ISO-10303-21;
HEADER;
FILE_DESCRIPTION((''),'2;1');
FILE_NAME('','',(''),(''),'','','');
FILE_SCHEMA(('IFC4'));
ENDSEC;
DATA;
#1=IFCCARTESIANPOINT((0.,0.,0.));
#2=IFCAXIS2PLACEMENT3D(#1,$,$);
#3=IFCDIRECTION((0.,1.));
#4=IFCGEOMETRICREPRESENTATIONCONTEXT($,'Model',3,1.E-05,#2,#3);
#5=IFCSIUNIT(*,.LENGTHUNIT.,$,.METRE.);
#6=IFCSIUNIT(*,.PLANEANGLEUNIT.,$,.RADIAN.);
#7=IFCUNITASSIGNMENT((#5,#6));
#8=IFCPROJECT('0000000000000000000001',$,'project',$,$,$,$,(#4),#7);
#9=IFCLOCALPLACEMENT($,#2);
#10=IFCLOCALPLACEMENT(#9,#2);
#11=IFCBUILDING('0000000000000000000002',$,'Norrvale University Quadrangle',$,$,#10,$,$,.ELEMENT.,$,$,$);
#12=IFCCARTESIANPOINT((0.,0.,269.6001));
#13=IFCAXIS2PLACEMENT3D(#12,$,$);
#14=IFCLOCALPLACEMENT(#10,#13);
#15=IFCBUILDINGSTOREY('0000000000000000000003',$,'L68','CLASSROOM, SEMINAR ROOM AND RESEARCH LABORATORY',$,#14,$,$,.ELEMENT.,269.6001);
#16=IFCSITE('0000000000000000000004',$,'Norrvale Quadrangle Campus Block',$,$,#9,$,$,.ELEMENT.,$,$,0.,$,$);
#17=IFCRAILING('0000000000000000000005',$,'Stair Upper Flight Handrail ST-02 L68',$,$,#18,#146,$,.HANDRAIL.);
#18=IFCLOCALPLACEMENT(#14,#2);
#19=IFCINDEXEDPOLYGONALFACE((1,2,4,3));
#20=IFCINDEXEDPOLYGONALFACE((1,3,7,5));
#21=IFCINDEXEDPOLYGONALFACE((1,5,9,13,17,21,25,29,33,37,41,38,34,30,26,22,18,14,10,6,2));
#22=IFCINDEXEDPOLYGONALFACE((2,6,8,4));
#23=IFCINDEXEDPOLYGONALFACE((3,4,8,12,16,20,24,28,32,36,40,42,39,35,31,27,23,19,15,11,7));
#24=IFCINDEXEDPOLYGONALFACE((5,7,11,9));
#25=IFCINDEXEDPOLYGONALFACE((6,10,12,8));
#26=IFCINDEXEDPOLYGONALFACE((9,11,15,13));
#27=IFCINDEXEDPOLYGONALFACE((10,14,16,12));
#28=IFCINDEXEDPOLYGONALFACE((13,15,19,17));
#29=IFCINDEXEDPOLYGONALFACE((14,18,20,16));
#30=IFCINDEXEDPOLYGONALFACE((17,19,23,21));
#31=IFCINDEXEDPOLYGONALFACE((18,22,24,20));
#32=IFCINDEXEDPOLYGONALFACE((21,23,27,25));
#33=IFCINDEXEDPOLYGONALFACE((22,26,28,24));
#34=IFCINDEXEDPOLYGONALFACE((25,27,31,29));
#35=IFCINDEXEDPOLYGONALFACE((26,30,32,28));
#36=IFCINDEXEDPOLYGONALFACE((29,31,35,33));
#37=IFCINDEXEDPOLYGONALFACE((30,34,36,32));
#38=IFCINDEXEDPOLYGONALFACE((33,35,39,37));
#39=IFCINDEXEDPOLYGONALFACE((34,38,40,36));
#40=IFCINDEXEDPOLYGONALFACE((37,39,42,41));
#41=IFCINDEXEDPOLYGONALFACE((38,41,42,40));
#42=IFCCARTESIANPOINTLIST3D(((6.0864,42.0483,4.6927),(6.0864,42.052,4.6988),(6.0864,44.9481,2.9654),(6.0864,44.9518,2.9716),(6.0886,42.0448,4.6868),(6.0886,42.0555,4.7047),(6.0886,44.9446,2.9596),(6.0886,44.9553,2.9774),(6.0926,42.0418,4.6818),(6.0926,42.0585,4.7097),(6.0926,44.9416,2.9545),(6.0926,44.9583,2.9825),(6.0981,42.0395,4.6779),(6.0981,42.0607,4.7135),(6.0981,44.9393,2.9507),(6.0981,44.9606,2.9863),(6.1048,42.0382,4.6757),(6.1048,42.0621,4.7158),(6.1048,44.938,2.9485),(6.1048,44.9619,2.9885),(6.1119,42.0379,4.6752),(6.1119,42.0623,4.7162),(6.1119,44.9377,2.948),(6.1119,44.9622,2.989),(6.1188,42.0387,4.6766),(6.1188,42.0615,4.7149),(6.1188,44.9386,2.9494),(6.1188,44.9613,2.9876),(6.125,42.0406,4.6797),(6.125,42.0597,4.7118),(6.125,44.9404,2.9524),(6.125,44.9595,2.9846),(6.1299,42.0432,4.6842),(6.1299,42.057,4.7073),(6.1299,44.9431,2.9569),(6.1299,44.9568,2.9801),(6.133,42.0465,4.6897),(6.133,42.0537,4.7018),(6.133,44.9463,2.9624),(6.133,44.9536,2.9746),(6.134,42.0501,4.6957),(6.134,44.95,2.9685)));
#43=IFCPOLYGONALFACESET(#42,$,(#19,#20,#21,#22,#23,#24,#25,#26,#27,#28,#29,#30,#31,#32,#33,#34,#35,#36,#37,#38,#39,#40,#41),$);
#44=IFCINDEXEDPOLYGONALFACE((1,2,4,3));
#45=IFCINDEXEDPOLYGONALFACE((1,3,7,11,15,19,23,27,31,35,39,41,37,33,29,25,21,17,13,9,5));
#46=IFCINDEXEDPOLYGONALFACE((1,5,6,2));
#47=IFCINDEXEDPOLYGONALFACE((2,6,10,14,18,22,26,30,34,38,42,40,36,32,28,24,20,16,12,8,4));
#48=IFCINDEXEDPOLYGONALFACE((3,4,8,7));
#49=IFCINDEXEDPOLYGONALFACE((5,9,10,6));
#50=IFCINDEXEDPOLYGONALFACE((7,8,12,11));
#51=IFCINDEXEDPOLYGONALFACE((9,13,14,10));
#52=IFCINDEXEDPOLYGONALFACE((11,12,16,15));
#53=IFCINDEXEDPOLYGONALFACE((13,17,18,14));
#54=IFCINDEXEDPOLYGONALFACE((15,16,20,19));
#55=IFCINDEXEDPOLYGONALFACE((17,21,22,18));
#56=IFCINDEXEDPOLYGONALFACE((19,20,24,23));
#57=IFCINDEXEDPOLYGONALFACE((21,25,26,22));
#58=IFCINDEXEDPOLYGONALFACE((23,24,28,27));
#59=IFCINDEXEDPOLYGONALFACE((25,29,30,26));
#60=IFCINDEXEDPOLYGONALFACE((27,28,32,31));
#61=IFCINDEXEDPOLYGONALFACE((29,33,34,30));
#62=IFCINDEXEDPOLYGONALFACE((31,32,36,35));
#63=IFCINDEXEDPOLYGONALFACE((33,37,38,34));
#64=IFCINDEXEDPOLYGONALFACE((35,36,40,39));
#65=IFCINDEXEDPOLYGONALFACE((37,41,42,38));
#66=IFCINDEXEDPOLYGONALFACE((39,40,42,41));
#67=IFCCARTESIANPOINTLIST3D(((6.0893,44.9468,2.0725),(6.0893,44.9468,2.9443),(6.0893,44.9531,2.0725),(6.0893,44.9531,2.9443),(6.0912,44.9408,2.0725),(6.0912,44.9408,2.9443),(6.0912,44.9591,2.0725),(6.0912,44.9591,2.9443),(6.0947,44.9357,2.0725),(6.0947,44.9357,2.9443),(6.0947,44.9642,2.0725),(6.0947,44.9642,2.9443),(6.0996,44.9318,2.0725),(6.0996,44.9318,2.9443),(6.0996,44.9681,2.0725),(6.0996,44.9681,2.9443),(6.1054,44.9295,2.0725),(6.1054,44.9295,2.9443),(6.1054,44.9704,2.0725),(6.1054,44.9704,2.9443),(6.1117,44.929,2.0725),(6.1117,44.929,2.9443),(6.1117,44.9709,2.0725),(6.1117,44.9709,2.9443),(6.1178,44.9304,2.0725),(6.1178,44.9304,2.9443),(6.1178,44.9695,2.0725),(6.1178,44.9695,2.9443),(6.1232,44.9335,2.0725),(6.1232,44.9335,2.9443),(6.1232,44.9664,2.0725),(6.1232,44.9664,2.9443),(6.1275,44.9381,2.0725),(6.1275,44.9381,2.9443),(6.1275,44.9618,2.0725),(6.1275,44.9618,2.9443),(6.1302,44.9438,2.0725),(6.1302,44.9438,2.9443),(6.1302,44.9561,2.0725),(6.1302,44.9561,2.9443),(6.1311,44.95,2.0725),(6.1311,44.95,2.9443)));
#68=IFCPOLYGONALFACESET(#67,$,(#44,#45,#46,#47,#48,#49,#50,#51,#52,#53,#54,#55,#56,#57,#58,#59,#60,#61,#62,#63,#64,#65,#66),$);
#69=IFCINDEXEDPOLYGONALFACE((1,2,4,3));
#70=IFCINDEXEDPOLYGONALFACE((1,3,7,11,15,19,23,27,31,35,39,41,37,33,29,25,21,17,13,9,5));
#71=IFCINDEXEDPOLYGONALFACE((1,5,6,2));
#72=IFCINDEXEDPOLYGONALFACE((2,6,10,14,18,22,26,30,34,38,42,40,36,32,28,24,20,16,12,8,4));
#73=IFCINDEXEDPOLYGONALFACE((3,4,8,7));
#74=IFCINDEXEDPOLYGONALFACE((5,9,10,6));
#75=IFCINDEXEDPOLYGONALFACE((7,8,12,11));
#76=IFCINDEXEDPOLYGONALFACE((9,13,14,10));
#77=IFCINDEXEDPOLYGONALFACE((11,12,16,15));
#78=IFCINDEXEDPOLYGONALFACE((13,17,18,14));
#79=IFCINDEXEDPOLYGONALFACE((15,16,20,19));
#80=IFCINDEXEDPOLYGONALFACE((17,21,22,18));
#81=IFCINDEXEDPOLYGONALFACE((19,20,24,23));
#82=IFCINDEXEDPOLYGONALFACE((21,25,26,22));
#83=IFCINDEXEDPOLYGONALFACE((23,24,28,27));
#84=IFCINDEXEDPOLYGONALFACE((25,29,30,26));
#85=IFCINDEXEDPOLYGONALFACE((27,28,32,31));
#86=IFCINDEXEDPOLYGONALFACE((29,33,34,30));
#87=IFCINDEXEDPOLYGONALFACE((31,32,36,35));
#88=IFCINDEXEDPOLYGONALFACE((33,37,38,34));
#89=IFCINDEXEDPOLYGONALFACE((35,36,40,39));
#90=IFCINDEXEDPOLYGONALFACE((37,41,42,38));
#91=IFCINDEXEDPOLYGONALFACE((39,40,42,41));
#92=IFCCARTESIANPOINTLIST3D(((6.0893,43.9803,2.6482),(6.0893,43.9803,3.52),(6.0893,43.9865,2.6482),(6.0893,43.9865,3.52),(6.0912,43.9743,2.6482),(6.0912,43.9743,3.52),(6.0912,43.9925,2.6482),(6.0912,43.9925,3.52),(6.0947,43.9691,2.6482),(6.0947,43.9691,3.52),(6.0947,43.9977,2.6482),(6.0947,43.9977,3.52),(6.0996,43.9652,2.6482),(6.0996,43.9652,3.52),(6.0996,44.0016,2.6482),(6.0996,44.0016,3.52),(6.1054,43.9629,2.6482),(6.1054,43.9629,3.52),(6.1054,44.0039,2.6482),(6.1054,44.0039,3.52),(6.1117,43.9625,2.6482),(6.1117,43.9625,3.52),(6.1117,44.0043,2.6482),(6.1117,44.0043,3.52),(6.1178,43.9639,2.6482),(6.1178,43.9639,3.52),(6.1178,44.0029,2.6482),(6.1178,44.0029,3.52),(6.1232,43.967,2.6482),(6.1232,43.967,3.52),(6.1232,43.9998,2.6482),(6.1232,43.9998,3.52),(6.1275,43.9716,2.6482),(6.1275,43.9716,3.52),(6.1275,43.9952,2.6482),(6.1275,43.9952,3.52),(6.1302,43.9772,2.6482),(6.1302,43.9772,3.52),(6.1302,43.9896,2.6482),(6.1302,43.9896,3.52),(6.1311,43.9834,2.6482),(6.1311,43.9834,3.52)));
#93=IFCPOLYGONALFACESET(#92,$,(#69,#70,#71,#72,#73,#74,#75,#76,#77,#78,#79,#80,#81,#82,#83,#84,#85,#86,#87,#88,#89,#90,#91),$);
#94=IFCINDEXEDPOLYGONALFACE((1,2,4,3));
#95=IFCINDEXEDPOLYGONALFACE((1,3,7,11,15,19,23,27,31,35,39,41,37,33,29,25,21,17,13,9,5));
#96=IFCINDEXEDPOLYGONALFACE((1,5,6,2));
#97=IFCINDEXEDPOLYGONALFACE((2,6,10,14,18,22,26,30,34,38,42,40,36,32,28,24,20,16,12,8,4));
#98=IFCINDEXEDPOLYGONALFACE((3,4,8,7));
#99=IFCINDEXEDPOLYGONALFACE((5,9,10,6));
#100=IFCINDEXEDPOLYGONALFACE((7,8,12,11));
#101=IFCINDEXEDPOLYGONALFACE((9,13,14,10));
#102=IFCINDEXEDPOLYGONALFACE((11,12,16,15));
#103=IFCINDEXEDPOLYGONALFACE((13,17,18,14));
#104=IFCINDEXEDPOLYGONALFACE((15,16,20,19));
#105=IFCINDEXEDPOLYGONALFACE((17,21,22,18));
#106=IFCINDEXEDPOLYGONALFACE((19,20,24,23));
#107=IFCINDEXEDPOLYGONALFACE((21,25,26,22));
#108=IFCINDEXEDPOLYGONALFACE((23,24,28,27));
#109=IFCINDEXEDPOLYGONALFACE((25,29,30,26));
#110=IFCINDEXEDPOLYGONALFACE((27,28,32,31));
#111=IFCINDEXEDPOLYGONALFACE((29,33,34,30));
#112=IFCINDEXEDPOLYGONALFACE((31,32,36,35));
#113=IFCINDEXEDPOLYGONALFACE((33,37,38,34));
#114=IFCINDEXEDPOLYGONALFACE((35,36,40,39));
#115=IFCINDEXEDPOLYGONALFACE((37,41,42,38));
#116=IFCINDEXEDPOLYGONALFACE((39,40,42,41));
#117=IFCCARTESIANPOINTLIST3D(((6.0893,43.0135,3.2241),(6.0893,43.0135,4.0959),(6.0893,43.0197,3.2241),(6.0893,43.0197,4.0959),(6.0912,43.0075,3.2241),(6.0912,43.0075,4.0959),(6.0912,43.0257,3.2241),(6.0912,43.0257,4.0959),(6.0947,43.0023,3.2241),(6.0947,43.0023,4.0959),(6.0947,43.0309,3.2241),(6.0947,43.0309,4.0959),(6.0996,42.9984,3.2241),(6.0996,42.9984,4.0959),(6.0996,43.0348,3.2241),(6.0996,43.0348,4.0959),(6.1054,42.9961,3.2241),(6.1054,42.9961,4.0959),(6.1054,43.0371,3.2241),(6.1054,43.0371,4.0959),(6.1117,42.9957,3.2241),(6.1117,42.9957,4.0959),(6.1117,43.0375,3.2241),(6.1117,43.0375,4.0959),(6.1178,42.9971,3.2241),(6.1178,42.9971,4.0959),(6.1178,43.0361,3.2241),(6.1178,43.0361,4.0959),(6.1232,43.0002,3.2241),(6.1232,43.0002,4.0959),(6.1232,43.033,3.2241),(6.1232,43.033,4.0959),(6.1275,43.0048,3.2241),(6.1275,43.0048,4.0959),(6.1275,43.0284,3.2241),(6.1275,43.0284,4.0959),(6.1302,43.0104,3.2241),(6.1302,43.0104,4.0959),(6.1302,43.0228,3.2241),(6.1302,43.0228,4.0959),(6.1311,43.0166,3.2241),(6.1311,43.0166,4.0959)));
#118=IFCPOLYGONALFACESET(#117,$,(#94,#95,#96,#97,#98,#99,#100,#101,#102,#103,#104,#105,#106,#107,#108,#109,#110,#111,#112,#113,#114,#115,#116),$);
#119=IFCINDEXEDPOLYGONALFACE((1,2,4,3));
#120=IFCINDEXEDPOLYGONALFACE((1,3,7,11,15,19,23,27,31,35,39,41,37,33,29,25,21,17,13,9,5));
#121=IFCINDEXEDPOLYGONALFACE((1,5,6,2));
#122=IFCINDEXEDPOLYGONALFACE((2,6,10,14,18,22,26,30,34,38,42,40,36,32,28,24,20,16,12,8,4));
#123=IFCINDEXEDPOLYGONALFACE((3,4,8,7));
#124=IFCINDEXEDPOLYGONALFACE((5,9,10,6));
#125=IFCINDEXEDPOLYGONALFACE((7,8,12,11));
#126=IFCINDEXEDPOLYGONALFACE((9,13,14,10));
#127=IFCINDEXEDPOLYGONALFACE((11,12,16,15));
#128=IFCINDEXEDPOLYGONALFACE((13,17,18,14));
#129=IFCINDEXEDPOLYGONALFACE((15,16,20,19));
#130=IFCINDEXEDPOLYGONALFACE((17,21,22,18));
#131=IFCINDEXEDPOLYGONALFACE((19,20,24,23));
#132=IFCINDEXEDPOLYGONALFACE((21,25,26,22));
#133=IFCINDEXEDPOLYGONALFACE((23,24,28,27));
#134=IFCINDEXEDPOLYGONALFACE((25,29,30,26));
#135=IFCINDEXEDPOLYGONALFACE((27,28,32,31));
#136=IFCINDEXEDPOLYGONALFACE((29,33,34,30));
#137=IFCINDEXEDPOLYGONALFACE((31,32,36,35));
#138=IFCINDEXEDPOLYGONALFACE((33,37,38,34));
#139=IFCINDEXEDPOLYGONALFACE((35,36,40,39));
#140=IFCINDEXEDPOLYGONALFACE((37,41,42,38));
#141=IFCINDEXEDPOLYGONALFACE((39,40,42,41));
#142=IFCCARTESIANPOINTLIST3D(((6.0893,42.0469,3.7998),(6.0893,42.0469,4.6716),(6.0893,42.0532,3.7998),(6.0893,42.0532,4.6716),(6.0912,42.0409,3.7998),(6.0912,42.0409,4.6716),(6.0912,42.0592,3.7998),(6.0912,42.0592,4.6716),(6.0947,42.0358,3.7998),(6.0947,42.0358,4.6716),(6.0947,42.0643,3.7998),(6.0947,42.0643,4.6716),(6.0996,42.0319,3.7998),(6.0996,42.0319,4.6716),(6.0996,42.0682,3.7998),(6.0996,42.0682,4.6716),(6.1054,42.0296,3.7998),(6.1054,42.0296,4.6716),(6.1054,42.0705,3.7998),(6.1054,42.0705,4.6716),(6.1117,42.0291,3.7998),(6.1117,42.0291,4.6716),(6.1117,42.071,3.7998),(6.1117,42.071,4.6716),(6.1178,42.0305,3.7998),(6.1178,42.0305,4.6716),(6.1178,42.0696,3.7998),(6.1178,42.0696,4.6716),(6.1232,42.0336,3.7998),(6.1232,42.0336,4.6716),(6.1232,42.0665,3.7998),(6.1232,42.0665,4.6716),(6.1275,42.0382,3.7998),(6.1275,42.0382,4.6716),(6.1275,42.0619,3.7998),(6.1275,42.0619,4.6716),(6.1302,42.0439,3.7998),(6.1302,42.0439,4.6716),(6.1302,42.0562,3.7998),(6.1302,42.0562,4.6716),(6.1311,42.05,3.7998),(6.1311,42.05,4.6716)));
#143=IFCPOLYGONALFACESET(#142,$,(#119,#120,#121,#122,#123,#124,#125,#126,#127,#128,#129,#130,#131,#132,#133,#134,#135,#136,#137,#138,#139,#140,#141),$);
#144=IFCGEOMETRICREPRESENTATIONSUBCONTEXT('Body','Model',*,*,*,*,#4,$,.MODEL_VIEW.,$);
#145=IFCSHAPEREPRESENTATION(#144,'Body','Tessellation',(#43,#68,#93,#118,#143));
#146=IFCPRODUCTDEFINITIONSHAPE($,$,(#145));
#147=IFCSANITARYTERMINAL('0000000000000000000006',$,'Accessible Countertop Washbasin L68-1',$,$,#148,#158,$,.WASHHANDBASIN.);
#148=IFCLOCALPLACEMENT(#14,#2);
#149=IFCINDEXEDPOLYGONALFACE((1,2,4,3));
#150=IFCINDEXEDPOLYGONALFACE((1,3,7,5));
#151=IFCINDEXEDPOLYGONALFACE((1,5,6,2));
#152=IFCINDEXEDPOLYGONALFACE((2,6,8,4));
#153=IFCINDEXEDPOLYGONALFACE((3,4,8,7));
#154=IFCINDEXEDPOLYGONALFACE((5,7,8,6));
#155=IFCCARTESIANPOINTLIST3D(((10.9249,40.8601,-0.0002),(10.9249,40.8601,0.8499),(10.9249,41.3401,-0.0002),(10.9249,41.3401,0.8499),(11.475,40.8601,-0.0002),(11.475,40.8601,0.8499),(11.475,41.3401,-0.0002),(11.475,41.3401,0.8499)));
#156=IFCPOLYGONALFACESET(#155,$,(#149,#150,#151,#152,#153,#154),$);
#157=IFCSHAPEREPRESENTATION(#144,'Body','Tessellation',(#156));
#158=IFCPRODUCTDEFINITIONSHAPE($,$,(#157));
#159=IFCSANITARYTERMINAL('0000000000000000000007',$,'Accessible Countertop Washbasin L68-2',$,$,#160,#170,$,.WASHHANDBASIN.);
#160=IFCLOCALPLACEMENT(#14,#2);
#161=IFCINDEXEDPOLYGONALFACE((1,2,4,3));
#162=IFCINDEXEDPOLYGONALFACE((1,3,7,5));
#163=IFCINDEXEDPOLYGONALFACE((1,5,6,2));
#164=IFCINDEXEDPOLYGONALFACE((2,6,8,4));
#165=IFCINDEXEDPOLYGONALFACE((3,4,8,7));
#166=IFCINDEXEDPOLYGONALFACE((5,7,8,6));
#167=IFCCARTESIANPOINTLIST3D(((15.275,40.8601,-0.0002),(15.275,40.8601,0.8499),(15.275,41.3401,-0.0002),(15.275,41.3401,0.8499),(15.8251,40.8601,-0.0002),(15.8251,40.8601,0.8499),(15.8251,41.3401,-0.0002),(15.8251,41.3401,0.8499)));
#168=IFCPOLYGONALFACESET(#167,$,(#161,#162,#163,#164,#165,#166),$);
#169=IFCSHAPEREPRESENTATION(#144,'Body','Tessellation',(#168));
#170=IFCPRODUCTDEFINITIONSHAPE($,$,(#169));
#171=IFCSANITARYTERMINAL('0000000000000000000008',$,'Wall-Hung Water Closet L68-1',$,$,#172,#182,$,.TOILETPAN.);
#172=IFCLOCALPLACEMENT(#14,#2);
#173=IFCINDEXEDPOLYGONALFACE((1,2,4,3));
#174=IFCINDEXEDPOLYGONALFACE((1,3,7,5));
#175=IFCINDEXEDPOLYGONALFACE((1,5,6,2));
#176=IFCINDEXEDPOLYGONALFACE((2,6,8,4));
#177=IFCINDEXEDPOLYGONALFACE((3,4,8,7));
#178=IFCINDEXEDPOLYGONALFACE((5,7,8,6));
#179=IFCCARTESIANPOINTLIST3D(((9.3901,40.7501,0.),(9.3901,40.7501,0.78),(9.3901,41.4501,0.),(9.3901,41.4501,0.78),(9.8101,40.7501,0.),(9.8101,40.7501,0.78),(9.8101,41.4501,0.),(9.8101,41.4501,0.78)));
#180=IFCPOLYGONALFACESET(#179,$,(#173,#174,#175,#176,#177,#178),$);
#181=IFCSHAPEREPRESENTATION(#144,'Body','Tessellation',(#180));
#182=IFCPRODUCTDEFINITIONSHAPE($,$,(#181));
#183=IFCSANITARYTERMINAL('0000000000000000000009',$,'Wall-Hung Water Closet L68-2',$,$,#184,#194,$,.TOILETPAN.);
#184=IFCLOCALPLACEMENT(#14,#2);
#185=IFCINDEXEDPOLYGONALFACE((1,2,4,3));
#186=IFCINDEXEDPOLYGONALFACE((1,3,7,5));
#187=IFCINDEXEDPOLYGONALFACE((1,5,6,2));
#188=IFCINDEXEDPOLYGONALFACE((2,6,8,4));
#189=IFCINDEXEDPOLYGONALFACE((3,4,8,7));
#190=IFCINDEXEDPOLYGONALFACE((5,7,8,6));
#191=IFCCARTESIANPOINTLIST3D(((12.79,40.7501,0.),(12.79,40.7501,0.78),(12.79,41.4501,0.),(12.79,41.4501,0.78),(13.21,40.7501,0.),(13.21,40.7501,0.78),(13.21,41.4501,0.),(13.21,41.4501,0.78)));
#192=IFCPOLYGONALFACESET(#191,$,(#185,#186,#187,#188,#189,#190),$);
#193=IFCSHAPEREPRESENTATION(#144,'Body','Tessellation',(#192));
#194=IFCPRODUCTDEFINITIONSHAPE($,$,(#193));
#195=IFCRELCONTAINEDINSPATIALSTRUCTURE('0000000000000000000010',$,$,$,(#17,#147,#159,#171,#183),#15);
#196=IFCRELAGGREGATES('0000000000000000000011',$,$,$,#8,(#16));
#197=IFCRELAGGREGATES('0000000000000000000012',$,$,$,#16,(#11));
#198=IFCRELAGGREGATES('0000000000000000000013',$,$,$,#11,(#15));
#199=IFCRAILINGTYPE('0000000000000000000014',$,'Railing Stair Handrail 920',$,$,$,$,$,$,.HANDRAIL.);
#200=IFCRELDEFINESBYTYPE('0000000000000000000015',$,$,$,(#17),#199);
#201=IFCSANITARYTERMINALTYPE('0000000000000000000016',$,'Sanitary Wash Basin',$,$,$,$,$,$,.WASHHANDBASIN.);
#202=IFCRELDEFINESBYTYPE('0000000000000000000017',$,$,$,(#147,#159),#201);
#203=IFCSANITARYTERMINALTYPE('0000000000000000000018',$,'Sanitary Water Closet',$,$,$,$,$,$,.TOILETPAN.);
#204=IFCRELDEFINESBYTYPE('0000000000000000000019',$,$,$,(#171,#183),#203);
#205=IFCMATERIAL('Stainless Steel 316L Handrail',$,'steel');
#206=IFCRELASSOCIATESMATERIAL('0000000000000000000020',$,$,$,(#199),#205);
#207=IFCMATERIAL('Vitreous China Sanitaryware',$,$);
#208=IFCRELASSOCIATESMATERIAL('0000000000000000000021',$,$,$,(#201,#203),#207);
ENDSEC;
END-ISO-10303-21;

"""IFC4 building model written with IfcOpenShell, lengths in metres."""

from ifc_helpers import new_model, si_unit, direction, frame, origin, origin_2d, place, context, subcontext, project, spatial, rectangle, circle, extrude, material, type_object, element, save


model = new_model("IFC4")

# Units and contexts
model_context = context("Model", 3, precision=1e-05, world=origin(), true_north=direction((0.0, 1.0)))
body_context = subcontext(model_context, "Body", "Model", "MODEL_VIEW")
ifc_project = project(units=[si_unit("LENGTHUNIT", "METRE"), si_unit("PLANEANGLEUNIT", "RADIAN")], contexts=[model_context])

# Site, building, storey
site_placement = place(None, origin())
site = spatial("IfcSite", under=ifc_project, at=site_placement, Name="Norrvale Quadrangle Campus Block", CompositionType="ELEMENT", RefElevation=0.0)
building_placement = place(site_placement, origin())
building = spatial("IfcBuilding", under=site, at=building_placement, Name="Norrvale University Quadrangle", CompositionType="ELEMENT")
storey_placement = place(building_placement, frame((0.0, 0.0, 269.6001)))
storey = spatial("IfcBuildingStorey", under=building, at=storey_placement, Name="L68", Description="CLASSROOM, SEMINAR ROOM AND RESEARCH LABORATORY", CompositionType="ELEMENT", Elevation=269.6001)

# Railing
ifc_material_1 = material(Name="Stainless Steel 316L Handrail", Category="steel")
railing_type_1 = type_object("IfcRailingType", Name="Railing Stair Handrail 920", PredefinedType="HANDRAIL", material=ifc_material_1)
railing_1_placement = place(storey_placement, frame((6.1101, 44.95, 2.0725)))
element("IfcRailing", 1, at=railing_1_placement, inside=storey, type_object=railing_type_1, Name="Stair Upper Flight Handrail ST-02 L68", PredefinedType="HANDRAIL", context=body_context, shape_type="SweptSolid", body=[
    extrude(circle(Radius=0.0239, at=origin_2d()), frame((0.0, 0.0, 0.896), z_axis=(0.0, -0.859141, 0.511738), x_axis=(1.0, 0.0, 0.0)), (0.0, 0.0, 1.0), 3.3752),
    extrude(circle(Radius=0.021, at=origin_2d()), origin(), (0.0, 0.0, 1.0), 0.8718),
    extrude(circle(Radius=0.021, at=origin_2d()), frame((0.0, -0.9666, 0.5757)), (0.0, 0.0, 1.0), 0.8718),
    extrude(circle(Radius=0.021, at=origin_2d()), frame((0.0, -1.9333, 1.1516)), (0.0, 0.0, 1.0), 0.8718),
    extrude(circle(Radius=0.021, at=origin_2d()), frame((0.0, -2.8999, 1.7273)), (0.0, 0.0, 1.0), 0.8718),
])

# Sanitary terminals
ifc_material_2 = material(Name="Vitreous China Sanitaryware")
sanitary_terminal_type_1 = type_object("IfcSanitaryTerminalType", Name="Sanitary Wash Basin", PredefinedType="WASHHANDBASIN", material=ifc_material_2)
for number, where, z_axis, x_axis, name in (
    (2, (11.2, 41.1001, -0.0002), (0.0, 0.0, 1.0), (1.0, 0.0, 0.0), "Accessible Countertop Washbasin L68-1"),
    (3, (15.55, 41.1001, -0.0002), (0.0, 0.0, 1.0), (1.0, 0.0, 0.0), "Accessible Countertop Washbasin L68-2"),
):
    element("IfcSanitaryTerminal", number, at=place(storey_placement, frame(where, z_axis=z_axis, x_axis=x_axis)), inside=storey, type_object=sanitary_terminal_type_1, Name=name, PredefinedType="WASHHANDBASIN", context=body_context, shape_type="SweptSolid", body=[
        extrude(rectangle(XDim=0.55, YDim=0.48, at=origin_2d()), origin(), (0.0, 0.0, 1.0), 0.8501),
    ])
sanitary_terminal_type_2 = type_object("IfcSanitaryTerminalType", Name="Sanitary Water Closet", PredefinedType="TOILETPAN", material=ifc_material_2)
for number, where, z_axis, x_axis, name in (
    (4, (9.6001, 41.1001, 0.0), (0.0, 0.0, 1.0), (1.0, 0.0, 0.0), "Wall-Hung Water Closet L68-1"),
    (5, (13.0, 41.1001, 0.0), (0.0, 0.0, 1.0), (1.0, 0.0, 0.0), "Wall-Hung Water Closet L68-2"),
):
    element("IfcSanitaryTerminal", number, at=place(storey_placement, frame(where, z_axis=z_axis, x_axis=x_axis)), inside=storey, type_object=sanitary_terminal_type_2, Name=name, PredefinedType="TOILETPAN", context=body_context, shape_type="SweptSolid", body=[
        extrude(rectangle(XDim=0.4199, YDim=0.7, at=origin_2d()), origin(), (0.0, 0.0, 1.0), 0.78),
    ])

save(model, "model.ifc")
